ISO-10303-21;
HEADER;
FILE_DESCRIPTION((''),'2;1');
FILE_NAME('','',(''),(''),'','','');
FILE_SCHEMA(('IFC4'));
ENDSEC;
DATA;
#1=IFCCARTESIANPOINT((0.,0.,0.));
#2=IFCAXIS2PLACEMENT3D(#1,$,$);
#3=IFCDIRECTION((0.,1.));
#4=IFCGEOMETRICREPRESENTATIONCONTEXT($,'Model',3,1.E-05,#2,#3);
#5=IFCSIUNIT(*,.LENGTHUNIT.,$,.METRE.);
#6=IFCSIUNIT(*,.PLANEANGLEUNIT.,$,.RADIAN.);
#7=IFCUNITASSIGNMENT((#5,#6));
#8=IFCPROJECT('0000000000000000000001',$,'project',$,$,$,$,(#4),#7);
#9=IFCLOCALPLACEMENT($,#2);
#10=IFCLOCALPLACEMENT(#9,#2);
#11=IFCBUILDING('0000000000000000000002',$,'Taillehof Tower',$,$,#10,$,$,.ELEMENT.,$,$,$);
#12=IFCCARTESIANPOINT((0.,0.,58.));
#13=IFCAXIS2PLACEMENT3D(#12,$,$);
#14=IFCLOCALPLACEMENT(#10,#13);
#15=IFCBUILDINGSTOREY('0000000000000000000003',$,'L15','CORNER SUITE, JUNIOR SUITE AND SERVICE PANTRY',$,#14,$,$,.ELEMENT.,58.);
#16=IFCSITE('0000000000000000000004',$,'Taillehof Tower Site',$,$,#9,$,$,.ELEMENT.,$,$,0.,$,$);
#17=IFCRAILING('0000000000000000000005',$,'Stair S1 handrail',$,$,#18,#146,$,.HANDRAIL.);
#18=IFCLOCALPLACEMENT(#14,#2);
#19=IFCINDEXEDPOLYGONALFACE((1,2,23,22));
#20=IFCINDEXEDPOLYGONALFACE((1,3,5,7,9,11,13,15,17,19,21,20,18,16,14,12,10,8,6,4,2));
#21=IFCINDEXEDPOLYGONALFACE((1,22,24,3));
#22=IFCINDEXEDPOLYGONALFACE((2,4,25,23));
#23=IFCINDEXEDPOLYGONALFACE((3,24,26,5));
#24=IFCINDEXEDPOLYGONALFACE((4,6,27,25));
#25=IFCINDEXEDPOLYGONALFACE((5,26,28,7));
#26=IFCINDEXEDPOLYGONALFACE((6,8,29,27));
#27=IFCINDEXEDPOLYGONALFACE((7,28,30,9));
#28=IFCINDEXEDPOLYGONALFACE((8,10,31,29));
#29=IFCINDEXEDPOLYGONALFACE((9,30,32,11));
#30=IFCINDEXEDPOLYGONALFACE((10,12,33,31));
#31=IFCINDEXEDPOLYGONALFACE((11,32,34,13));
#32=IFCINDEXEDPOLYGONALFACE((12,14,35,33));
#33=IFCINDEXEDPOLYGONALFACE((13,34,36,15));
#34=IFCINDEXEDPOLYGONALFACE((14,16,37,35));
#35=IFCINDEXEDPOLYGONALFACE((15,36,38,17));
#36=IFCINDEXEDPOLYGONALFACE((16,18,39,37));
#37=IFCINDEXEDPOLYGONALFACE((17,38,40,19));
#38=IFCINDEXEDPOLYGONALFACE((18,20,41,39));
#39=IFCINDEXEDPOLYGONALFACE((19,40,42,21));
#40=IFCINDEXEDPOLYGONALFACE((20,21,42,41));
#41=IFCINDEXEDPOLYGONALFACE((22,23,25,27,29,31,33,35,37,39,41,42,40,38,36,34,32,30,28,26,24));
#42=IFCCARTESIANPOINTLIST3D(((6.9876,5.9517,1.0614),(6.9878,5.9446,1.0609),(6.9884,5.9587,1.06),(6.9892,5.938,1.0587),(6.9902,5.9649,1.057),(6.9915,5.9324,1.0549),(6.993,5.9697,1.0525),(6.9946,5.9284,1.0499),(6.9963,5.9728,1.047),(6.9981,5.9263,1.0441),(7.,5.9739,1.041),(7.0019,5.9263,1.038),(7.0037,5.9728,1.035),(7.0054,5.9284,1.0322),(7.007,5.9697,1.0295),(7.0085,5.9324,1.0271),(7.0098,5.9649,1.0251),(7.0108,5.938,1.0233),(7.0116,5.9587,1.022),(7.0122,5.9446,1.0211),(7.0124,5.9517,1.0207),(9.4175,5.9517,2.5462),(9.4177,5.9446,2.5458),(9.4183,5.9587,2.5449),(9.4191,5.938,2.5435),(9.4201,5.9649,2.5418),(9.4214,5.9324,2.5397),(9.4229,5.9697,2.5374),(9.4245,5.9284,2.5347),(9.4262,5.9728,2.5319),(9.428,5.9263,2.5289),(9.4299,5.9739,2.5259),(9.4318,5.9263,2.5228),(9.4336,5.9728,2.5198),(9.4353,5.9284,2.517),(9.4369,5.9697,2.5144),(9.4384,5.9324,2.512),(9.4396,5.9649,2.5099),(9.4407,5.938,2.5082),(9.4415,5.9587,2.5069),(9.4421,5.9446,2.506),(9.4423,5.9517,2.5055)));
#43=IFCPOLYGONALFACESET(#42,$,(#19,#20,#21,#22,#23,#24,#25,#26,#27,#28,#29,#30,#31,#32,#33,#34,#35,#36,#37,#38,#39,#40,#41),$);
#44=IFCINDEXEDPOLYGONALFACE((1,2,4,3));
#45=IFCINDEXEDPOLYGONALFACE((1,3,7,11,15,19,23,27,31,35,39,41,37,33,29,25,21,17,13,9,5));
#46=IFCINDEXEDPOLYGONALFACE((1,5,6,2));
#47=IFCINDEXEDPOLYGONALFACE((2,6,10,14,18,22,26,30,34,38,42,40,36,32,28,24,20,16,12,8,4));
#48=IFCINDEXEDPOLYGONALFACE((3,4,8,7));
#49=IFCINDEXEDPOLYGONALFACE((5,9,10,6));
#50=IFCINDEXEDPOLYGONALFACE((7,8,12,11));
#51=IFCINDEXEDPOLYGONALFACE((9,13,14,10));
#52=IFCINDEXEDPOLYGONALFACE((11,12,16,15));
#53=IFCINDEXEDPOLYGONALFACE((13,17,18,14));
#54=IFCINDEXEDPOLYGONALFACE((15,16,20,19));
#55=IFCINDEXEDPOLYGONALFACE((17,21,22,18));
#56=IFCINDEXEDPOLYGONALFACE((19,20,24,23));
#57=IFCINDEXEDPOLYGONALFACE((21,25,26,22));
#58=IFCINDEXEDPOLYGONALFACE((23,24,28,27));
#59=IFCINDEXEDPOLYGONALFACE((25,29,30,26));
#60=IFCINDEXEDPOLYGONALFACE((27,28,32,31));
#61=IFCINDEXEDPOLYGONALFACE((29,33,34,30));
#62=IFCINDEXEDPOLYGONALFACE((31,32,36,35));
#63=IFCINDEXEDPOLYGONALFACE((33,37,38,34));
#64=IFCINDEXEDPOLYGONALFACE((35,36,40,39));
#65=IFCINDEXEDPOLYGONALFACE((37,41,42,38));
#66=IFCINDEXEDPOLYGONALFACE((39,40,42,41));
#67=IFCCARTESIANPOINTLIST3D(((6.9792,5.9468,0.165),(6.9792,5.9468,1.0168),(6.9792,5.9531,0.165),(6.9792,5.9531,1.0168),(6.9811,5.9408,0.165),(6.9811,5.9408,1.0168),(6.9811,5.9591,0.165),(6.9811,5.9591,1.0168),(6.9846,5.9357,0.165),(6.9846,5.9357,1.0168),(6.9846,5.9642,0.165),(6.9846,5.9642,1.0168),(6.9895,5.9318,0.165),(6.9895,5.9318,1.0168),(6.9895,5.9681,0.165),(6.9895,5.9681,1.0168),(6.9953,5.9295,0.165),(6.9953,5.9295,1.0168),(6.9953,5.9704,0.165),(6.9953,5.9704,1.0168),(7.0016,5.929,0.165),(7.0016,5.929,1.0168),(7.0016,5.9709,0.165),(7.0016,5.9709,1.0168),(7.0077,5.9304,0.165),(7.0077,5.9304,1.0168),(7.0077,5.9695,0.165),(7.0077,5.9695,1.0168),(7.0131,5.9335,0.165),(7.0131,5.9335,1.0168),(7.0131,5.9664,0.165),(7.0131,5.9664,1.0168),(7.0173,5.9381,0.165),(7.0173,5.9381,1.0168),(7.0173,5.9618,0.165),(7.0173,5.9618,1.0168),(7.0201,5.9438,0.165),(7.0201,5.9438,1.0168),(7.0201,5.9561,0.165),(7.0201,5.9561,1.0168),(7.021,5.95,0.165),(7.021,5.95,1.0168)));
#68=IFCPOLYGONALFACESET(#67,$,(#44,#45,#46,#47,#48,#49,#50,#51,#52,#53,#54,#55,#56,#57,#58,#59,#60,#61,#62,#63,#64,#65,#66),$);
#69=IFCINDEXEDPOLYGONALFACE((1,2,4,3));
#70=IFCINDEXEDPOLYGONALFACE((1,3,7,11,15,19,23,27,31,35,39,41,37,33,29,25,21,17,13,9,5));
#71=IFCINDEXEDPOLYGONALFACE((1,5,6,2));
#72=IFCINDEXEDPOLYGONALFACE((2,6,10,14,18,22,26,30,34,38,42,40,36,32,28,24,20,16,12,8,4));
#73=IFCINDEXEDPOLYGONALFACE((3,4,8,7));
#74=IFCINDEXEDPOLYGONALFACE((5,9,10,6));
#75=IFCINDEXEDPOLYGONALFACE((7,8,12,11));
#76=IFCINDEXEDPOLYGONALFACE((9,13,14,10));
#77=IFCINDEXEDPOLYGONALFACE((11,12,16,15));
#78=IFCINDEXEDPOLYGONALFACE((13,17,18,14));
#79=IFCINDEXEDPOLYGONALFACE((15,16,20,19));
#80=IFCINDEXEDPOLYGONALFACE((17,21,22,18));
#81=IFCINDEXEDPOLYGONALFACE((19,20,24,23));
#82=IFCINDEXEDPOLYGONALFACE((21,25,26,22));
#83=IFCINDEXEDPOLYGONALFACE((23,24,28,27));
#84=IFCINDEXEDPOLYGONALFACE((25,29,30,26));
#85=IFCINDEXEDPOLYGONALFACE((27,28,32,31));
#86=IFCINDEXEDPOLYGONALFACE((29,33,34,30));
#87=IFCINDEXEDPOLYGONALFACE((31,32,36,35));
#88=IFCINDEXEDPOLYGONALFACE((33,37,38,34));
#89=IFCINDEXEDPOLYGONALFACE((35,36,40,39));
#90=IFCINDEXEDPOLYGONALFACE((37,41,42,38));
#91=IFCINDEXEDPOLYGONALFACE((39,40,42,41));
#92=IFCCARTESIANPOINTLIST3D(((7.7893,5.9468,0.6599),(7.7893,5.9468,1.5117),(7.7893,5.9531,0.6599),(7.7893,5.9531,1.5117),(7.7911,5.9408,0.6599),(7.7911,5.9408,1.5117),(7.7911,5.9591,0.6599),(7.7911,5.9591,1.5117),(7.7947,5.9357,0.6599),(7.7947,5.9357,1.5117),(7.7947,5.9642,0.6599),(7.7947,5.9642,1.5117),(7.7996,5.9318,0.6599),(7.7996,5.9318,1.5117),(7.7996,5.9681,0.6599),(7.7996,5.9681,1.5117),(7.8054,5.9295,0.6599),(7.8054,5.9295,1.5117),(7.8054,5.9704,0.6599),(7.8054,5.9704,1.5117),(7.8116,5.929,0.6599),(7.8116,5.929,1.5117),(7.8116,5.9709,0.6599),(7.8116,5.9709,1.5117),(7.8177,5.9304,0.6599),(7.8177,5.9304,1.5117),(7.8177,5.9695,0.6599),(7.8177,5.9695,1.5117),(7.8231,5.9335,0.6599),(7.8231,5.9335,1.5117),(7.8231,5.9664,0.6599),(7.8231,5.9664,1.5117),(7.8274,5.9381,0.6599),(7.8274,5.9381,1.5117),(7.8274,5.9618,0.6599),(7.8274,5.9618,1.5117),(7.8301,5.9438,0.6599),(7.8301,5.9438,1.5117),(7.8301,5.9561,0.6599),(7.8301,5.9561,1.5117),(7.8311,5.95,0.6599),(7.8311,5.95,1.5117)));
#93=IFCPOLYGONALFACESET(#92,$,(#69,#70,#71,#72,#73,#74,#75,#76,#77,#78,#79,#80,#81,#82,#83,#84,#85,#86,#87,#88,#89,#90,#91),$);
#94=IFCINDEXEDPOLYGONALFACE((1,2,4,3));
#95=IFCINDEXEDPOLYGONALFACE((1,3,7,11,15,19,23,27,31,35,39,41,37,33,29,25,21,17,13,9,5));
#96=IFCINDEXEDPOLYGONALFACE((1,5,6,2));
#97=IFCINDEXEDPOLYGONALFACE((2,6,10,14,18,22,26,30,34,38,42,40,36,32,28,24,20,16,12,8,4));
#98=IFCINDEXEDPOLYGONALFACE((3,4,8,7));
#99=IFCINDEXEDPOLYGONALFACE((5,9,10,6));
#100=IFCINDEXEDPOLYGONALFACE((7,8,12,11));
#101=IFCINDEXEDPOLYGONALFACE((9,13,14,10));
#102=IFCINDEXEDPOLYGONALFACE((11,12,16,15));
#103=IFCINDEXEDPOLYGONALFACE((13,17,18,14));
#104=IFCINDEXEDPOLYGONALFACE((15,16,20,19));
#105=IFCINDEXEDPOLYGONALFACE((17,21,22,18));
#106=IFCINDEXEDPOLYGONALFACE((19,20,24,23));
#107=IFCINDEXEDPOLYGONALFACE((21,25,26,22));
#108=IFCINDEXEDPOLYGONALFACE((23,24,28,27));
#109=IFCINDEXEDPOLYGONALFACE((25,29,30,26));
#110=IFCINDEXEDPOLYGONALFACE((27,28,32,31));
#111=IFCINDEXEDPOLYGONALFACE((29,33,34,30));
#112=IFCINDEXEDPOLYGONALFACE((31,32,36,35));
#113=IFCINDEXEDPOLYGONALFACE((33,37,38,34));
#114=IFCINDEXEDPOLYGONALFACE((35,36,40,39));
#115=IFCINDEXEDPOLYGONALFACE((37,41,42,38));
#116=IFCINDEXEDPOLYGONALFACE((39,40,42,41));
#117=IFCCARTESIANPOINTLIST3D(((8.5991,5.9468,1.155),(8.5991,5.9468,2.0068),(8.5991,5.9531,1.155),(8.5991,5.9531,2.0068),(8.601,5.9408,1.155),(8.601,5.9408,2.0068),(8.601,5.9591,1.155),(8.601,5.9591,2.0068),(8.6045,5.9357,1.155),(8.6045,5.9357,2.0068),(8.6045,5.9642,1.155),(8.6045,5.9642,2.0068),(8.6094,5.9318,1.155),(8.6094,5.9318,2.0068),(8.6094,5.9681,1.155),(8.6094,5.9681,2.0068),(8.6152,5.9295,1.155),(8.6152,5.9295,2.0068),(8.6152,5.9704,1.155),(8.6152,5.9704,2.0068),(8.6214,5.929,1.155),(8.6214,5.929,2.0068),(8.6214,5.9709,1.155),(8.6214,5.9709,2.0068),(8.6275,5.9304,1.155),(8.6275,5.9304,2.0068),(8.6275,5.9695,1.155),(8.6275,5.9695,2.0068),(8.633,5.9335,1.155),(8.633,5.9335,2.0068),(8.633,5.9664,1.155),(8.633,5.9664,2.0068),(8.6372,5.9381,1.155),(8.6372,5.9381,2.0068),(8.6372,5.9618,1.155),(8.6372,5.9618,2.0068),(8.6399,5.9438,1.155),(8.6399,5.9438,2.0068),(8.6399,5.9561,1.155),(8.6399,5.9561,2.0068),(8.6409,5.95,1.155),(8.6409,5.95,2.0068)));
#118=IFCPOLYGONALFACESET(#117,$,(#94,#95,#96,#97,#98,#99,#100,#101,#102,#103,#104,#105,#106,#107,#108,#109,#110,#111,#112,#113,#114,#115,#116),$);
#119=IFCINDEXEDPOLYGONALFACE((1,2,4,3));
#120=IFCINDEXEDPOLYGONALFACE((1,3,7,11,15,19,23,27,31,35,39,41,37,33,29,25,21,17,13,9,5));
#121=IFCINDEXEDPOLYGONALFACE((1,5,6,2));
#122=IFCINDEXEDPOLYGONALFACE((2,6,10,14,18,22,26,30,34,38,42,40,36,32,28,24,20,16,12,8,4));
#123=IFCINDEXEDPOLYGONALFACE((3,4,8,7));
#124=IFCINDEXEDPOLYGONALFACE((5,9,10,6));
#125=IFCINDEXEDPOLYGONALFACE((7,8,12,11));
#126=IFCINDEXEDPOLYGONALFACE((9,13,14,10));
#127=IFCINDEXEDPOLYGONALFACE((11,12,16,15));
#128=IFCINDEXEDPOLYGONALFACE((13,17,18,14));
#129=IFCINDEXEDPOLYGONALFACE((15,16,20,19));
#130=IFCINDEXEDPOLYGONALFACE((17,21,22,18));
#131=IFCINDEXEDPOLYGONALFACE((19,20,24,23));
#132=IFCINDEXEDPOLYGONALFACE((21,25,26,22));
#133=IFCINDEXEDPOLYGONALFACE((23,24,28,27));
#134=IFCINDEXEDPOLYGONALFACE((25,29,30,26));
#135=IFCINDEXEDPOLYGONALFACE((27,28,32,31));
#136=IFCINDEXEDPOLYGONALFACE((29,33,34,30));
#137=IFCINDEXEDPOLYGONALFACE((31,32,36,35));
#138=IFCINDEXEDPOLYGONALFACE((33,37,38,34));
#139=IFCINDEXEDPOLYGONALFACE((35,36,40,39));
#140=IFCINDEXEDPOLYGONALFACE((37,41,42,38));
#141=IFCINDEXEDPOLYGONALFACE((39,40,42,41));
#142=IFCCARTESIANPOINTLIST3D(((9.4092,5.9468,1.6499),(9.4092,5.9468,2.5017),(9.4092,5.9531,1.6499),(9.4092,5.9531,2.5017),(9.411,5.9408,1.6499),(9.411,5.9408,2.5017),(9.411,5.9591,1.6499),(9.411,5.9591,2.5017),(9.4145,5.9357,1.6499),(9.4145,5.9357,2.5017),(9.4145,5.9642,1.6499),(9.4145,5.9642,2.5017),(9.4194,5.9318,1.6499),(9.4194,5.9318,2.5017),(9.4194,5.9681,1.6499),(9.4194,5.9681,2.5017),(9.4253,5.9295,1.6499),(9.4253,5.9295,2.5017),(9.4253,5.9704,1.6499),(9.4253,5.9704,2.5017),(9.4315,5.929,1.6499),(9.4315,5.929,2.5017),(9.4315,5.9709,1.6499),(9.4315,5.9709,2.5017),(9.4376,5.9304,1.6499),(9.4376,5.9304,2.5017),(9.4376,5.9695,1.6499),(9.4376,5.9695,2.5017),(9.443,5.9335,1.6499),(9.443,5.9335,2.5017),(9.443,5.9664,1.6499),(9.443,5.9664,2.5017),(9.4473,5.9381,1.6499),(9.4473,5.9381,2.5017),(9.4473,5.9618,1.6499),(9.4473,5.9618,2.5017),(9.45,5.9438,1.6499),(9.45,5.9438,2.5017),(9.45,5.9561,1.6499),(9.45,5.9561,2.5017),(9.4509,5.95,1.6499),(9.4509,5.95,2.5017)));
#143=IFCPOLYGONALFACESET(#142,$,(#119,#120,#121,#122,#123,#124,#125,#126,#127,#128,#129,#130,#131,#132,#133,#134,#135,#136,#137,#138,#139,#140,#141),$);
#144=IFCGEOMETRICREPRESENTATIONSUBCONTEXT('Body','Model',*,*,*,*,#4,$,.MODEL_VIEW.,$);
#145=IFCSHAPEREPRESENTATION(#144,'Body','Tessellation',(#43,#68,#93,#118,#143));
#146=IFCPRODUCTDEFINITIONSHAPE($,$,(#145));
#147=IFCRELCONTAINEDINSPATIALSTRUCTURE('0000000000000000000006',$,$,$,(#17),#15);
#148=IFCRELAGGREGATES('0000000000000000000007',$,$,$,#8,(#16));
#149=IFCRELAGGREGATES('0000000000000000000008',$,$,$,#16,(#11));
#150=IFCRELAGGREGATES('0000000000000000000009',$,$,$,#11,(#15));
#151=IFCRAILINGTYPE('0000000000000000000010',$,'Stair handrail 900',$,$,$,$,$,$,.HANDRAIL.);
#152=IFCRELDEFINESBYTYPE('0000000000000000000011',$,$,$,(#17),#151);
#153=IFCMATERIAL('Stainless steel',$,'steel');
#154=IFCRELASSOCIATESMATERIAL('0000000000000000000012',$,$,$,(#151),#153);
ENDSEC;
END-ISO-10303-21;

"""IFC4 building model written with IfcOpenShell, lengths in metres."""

from ifc_helpers import new_model, si_unit, direction, frame, origin, origin_2d, place, context, subcontext, project, spatial, circle, extrude, material, type_object, element, save


model = new_model("IFC4")

# Units and contexts
model_context = context("Model", 3, precision=1e-05, world=origin(), true_north=direction((0.0, 1.0)))
body_context = subcontext(model_context, "Body", "Model", "MODEL_VIEW")
ifc_project = project(units=[si_unit("LENGTHUNIT", "METRE"), si_unit("PLANEANGLEUNIT", "RADIAN")], contexts=[model_context])

# Site, building, storey
site_placement = place(None, origin())
site = spatial("IfcSite", under=ifc_project, at=site_placement, Name="Taillehof Tower Site", CompositionType="ELEMENT", RefElevation=0.0)
building_placement = place(site_placement, origin())
building = spatial("IfcBuilding", under=site, at=building_placement, Name="Taillehof Tower", CompositionType="ELEMENT")
storey_placement = place(building_placement, frame((0.0, 0.0, 58.0)))
storey = spatial("IfcBuildingStorey", under=building, at=storey_placement, Name="L15", Description="CORNER SUITE, JUNIOR SUITE AND SERVICE PANTRY", CompositionType="ELEMENT", Elevation=58.0)

# Railing
ifc_material_1 = material(Name="Stainless steel", Category="steel")
railing_type = type_object("IfcRailingType", Name="Stair handrail 900", PredefinedType="HANDRAIL", material=ifc_material_1)
railing_placement = place(storey_placement, frame((7.0, 5.95, 0.165)))
element("IfcRailing", 1, at=railing_placement, inside=storey, type_object=railing_type, Name="Stair S1 handrail", PredefinedType="HANDRAIL", context=body_context, shape_type="SweptSolid", body=[
    extrude(circle(Radius=0.0239, at=origin_2d()), frame((0.0, 0.0, 0.876), z_axis=(0.853297, 0.0, 0.521426), x_axis=(0.0, 1.0, 0.0)), (0.0, 0.0, 1.0), 2.8477),
    extrude(circle(Radius=0.021, at=origin_2d()), origin(), (0.0, 0.0, 1.0), 0.8518),
    extrude(circle(Radius=0.021, at=origin_2d()), frame((0.8101, 0.0, 0.4949)), (0.0, 0.0, 1.0), 0.8518),
    extrude(circle(Radius=0.021, at=origin_2d()), frame((1.6199, 0.0, 0.99)), (0.0, 0.0, 1.0), 0.8518),
    extrude(circle(Radius=0.021, at=origin_2d()), frame((2.4299, 0.0, 1.4849)), (0.0, 0.0, 1.0), 0.8518),
])

save(model, "model.ifc")
